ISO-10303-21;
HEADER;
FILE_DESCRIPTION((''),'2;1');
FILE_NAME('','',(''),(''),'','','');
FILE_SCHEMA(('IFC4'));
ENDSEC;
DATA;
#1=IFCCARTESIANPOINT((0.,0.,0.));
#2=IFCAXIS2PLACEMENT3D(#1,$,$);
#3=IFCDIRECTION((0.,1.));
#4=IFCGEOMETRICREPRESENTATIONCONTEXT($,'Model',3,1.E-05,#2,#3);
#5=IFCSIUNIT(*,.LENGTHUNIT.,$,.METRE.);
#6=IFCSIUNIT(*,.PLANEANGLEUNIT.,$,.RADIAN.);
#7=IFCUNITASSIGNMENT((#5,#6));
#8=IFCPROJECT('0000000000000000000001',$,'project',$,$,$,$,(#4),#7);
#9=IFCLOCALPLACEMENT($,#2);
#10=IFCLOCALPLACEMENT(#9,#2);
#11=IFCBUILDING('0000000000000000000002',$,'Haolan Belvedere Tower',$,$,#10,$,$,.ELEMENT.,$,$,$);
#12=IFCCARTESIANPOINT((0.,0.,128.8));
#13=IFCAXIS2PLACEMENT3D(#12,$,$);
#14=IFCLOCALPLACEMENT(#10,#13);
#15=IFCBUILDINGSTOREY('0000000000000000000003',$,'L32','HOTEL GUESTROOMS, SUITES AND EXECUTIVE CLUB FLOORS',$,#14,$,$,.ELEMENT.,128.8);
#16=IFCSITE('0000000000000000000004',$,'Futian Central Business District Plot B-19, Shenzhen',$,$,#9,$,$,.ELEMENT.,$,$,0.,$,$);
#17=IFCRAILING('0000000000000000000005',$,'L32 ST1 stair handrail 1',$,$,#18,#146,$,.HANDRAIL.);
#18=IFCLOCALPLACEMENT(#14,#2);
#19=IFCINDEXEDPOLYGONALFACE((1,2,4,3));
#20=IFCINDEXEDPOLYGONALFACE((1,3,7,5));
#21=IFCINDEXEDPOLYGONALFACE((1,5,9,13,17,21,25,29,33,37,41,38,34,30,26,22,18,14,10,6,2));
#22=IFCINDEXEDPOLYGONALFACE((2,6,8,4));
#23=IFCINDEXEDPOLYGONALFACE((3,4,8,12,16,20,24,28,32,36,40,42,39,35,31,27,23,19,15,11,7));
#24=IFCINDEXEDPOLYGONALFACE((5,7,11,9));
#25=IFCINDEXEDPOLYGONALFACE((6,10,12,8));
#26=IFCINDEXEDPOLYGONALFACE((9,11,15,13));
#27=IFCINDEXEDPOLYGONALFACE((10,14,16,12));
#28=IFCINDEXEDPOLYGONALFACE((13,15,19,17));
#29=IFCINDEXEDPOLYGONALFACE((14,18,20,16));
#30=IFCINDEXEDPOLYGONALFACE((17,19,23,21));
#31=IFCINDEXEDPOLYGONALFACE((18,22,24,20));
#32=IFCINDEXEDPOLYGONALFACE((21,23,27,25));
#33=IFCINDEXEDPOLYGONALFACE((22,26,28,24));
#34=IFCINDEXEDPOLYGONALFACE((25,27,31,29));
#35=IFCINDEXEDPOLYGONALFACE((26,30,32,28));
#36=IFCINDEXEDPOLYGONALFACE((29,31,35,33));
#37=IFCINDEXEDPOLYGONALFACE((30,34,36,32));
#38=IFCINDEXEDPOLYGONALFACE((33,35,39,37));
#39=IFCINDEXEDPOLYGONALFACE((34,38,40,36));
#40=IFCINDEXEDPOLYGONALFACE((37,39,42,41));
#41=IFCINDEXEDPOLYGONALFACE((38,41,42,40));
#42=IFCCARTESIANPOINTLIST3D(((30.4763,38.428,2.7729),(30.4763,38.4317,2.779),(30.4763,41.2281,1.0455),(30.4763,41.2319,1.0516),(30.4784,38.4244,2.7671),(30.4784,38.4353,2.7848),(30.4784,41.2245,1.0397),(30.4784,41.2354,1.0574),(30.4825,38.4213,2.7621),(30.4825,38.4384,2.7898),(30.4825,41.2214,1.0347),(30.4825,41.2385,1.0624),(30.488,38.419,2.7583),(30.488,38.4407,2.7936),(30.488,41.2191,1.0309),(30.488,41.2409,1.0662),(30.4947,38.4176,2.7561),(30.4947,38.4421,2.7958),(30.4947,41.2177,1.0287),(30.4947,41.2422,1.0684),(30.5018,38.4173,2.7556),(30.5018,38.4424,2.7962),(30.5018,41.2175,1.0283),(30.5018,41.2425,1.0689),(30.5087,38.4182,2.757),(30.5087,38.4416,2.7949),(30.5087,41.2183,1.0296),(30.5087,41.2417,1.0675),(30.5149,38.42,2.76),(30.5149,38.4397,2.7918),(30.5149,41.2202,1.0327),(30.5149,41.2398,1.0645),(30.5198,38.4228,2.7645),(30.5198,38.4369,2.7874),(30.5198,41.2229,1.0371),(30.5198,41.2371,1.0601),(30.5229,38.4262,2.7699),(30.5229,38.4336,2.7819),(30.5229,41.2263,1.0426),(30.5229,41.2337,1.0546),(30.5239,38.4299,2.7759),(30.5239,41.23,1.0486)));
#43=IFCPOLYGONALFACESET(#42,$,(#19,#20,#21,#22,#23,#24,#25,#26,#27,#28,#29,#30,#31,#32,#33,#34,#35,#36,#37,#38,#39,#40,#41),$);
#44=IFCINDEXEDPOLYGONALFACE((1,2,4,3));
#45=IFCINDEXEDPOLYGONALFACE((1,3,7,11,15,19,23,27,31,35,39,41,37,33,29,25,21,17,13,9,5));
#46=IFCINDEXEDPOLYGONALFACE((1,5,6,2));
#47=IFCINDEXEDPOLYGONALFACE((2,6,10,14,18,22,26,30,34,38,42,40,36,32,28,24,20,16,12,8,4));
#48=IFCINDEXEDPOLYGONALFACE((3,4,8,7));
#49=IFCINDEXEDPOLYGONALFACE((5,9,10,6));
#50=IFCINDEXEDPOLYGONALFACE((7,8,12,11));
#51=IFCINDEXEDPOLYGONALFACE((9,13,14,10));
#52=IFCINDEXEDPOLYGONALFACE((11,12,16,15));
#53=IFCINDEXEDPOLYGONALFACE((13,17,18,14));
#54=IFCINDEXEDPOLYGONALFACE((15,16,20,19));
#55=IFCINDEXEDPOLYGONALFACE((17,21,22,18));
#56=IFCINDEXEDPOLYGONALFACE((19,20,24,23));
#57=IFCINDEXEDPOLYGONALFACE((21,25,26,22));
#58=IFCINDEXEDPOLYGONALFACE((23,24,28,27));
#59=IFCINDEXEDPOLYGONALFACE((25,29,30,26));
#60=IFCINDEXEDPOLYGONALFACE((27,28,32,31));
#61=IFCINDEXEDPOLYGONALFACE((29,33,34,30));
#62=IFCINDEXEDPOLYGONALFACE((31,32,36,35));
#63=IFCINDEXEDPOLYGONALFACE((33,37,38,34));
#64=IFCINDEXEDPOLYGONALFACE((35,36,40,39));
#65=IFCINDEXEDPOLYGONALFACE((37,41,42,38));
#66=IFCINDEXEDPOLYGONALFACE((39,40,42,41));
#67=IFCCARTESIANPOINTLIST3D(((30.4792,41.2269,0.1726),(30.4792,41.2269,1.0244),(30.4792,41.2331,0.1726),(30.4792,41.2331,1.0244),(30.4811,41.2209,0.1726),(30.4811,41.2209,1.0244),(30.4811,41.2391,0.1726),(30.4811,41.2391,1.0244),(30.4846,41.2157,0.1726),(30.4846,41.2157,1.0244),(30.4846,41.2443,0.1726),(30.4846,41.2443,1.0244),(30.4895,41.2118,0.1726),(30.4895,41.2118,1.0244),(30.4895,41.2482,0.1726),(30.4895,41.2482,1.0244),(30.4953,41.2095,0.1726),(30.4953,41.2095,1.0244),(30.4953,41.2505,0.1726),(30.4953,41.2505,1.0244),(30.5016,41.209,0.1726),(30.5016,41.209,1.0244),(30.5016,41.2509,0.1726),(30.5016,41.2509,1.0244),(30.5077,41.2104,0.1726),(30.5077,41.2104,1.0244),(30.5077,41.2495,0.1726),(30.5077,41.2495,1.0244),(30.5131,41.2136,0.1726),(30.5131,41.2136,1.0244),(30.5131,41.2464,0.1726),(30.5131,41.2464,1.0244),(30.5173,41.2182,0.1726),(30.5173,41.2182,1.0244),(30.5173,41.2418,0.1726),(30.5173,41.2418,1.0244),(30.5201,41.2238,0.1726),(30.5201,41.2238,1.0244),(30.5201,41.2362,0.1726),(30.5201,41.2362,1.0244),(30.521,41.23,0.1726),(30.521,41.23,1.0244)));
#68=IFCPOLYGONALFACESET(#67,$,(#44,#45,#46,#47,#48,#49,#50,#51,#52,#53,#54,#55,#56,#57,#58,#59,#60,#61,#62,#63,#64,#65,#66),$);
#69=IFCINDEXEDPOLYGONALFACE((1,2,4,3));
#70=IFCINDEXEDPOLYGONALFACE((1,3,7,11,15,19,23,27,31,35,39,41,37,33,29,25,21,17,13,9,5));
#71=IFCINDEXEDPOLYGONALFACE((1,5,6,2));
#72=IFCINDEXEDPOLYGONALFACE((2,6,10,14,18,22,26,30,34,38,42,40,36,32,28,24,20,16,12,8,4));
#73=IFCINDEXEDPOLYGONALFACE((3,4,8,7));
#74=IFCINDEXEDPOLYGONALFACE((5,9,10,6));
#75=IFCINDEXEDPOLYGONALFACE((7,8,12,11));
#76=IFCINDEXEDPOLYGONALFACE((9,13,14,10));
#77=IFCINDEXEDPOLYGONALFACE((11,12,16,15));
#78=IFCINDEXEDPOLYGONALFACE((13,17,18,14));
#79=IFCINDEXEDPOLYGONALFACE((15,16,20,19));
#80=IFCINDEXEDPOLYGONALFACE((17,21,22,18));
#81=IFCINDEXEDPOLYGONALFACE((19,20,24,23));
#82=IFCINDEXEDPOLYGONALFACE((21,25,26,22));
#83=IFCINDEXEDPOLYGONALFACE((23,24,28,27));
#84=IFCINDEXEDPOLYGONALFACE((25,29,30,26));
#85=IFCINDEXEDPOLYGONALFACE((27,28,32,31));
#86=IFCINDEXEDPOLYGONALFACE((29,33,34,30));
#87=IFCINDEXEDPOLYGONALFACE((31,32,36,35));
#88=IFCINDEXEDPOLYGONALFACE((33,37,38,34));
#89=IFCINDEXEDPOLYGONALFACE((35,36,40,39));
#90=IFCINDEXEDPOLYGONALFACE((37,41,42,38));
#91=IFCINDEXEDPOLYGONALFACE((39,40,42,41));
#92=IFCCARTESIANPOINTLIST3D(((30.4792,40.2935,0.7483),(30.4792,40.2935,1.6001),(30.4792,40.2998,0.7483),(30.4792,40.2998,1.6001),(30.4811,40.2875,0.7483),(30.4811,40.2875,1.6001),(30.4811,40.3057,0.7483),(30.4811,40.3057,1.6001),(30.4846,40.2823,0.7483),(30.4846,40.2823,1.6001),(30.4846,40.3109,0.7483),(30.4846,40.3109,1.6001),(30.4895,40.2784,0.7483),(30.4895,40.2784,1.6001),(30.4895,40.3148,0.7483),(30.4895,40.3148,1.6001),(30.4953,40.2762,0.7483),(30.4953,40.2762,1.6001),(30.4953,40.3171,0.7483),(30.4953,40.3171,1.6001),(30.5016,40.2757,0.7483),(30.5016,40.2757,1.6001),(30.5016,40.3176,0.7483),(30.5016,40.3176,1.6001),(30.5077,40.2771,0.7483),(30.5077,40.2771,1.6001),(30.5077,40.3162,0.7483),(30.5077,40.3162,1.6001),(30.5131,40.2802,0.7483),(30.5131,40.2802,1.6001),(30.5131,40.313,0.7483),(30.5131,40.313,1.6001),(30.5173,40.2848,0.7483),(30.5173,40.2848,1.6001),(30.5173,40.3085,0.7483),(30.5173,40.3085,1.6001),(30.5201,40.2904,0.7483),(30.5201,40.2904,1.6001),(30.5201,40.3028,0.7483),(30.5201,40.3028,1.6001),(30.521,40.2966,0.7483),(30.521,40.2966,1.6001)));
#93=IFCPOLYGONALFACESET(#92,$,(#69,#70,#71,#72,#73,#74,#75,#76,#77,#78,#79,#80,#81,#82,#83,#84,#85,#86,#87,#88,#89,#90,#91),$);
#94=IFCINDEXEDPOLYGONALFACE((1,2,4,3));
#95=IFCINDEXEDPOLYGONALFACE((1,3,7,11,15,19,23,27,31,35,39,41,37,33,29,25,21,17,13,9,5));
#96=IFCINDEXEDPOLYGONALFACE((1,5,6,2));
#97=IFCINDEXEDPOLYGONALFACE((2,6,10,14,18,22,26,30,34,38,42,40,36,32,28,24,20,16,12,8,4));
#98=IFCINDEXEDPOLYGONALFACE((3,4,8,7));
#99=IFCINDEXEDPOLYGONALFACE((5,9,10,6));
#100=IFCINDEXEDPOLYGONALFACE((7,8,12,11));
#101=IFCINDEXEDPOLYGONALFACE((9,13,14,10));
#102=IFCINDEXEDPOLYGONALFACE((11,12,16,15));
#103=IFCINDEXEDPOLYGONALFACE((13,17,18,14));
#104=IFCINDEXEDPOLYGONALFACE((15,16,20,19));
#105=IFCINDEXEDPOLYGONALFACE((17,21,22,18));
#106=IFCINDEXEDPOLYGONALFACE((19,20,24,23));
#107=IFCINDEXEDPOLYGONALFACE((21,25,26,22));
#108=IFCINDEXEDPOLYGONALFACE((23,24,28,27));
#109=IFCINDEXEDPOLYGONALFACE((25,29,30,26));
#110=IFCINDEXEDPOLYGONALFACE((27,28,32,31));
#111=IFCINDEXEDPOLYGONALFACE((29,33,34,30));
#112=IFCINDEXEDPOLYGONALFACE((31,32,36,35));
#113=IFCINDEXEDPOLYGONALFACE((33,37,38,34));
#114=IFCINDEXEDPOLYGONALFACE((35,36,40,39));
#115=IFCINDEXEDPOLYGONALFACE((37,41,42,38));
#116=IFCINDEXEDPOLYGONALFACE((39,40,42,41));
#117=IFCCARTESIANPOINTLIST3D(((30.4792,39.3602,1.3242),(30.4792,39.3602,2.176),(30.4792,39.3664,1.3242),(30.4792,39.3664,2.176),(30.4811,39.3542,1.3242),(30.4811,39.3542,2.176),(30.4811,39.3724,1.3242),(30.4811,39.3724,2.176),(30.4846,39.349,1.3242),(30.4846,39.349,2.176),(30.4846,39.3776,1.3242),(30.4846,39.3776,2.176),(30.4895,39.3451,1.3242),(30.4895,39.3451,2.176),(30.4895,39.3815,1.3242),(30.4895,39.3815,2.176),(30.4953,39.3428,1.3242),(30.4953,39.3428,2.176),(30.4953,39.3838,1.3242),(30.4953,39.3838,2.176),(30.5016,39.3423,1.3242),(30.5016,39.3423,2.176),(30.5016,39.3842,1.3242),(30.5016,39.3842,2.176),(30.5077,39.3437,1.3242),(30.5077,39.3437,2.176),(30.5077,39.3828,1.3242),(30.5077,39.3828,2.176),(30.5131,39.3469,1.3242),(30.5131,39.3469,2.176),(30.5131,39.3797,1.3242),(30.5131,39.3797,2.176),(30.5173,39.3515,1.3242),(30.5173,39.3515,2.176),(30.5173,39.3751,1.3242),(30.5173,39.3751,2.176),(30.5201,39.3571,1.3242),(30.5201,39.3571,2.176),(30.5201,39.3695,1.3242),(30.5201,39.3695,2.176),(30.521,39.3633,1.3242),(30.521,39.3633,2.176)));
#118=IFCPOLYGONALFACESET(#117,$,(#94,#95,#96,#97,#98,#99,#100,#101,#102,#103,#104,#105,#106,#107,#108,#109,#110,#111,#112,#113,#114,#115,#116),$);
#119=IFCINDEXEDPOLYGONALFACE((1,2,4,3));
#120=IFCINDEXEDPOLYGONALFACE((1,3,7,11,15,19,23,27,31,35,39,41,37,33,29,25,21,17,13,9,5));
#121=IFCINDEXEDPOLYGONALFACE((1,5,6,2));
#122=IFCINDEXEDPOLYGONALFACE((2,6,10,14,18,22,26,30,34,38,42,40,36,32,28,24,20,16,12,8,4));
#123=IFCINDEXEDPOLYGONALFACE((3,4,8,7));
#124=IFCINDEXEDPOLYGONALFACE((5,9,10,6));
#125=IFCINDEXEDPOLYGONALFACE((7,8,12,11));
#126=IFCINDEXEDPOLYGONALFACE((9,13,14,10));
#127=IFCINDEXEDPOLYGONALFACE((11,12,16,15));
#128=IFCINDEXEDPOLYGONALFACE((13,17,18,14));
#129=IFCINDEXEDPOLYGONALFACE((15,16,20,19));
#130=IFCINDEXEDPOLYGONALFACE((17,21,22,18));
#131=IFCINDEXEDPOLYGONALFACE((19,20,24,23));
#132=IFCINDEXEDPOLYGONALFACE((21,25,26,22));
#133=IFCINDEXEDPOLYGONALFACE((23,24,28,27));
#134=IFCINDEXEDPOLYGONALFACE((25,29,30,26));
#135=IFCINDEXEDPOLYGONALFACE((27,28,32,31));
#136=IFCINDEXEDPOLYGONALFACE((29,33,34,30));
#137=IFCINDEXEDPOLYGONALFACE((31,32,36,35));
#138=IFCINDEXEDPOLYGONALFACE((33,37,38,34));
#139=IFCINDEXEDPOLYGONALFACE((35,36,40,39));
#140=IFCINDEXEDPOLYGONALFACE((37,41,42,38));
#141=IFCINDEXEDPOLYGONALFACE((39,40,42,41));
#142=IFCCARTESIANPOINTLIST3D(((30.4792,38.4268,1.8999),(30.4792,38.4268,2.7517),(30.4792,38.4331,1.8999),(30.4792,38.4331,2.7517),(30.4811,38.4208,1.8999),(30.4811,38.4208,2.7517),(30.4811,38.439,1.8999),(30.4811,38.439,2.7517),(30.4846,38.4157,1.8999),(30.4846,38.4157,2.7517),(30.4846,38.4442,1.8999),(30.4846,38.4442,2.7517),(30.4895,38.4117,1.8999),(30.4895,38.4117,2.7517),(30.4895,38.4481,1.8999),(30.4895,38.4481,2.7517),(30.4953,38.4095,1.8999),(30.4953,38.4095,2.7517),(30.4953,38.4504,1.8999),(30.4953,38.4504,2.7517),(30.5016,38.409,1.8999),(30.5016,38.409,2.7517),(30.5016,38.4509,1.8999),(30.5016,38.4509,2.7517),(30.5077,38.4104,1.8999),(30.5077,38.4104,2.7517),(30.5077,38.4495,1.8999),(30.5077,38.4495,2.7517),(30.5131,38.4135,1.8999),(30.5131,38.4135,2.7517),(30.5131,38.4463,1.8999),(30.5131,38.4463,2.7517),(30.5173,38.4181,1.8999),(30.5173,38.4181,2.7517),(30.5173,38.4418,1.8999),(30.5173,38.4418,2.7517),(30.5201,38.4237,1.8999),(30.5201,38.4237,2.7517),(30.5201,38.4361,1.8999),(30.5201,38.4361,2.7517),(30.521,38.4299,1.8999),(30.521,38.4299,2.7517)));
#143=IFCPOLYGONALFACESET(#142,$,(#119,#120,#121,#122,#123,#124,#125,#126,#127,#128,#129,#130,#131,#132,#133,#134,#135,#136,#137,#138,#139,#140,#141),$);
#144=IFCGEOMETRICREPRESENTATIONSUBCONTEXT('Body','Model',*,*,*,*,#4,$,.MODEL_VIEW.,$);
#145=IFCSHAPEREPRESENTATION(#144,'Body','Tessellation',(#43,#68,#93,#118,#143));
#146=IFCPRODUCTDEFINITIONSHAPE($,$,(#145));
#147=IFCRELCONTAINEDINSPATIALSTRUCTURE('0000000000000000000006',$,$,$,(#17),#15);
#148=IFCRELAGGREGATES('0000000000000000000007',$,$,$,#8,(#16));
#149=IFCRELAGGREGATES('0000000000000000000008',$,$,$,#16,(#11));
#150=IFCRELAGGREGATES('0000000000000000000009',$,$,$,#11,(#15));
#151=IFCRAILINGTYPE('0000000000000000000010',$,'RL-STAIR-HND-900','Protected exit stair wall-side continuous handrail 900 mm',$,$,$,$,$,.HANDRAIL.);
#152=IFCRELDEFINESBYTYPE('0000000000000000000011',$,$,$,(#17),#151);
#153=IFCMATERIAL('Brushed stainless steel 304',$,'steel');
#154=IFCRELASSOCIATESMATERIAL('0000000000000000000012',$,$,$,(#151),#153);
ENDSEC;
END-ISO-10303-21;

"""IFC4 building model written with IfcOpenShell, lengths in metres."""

from ifc_helpers import new_model, si_unit, direction, frame, origin, origin_2d, place, context, subcontext, project, spatial, circle, extrude, material, type_object, element, save


model = new_model("IFC4")

# Units and contexts
model_context = context("Model", 3, precision=1e-05, world=origin(), true_north=direction((0.0, 1.0)))
body_context = subcontext(model_context, "Body", "Model", "MODEL_VIEW")
ifc_project = project(units=[si_unit("LENGTHUNIT", "METRE"), si_unit("PLANEANGLEUNIT", "RADIAN")], contexts=[model_context])

# Site, building, storey
site_placement = place(None, origin())
site = spatial("IfcSite", under=ifc_project, at=site_placement, Name="Futian Central Business District Plot B-19, Shenzhen", CompositionType="ELEMENT", RefElevation=0.0)
building_placement = place(site_placement, origin())
building = spatial("IfcBuilding", under=site, at=building_placement, Name="Haolan Belvedere Tower", CompositionType="ELEMENT")
storey_placement = place(building_placement, frame((0.0, 0.0, 128.8)))
storey = spatial("IfcBuildingStorey", under=building, at=storey_placement, Name="L32", Description="HOTEL GUESTROOMS, SUITES AND EXECUTIVE CLUB FLOORS", CompositionType="ELEMENT", Elevation=128.8)

# Railing
ifc_material_1 = material(Name="Brushed stainless steel 304", Category="steel")
railing_type_1 = type_object("IfcRailingType", Name="RL-STAIR-HND-900", Description="Protected exit stair wall-side continuous handrail 900 mm", PredefinedType="HANDRAIL", material=ifc_material_1)
railing_1_placement = place(storey_placement, frame((30.5, 41.23, 0.1726)))
element("IfcRailing", 1, at=railing_1_placement, inside=storey, type_object=railing_type_1, Name="L32 ST1 stair handrail 1", PredefinedType="HANDRAIL", context=body_context, shape_type="SweptSolid", body=[
    extrude(circle(Radius=0.0239, at=origin_2d()), frame((0.0, 0.0, 0.876), z_axis=(0.0, -0.85109, 0.52502), x_axis=(1.0, 0.0, 0.0)), (0.0, 0.0, 1.0), 3.29),
    extrude(circle(Radius=0.021, at=origin_2d()), origin(), (0.0, 0.0, 1.0), 0.8518),
    extrude(circle(Radius=0.021, at=origin_2d()), frame((0.0, -0.9333, 0.5757)), (0.0, 0.0, 1.0), 0.8518),
    extrude(circle(Radius=0.021, at=origin_2d()), frame((0.0, -1.8667, 1.1516)), (0.0, 0.0, 1.0), 0.8518),
    extrude(circle(Radius=0.021, at=origin_2d()), frame((0.0, -2.8, 1.7273)), (0.0, 0.0, 1.0), 0.8518),
])

save(model, "model.ifc")
